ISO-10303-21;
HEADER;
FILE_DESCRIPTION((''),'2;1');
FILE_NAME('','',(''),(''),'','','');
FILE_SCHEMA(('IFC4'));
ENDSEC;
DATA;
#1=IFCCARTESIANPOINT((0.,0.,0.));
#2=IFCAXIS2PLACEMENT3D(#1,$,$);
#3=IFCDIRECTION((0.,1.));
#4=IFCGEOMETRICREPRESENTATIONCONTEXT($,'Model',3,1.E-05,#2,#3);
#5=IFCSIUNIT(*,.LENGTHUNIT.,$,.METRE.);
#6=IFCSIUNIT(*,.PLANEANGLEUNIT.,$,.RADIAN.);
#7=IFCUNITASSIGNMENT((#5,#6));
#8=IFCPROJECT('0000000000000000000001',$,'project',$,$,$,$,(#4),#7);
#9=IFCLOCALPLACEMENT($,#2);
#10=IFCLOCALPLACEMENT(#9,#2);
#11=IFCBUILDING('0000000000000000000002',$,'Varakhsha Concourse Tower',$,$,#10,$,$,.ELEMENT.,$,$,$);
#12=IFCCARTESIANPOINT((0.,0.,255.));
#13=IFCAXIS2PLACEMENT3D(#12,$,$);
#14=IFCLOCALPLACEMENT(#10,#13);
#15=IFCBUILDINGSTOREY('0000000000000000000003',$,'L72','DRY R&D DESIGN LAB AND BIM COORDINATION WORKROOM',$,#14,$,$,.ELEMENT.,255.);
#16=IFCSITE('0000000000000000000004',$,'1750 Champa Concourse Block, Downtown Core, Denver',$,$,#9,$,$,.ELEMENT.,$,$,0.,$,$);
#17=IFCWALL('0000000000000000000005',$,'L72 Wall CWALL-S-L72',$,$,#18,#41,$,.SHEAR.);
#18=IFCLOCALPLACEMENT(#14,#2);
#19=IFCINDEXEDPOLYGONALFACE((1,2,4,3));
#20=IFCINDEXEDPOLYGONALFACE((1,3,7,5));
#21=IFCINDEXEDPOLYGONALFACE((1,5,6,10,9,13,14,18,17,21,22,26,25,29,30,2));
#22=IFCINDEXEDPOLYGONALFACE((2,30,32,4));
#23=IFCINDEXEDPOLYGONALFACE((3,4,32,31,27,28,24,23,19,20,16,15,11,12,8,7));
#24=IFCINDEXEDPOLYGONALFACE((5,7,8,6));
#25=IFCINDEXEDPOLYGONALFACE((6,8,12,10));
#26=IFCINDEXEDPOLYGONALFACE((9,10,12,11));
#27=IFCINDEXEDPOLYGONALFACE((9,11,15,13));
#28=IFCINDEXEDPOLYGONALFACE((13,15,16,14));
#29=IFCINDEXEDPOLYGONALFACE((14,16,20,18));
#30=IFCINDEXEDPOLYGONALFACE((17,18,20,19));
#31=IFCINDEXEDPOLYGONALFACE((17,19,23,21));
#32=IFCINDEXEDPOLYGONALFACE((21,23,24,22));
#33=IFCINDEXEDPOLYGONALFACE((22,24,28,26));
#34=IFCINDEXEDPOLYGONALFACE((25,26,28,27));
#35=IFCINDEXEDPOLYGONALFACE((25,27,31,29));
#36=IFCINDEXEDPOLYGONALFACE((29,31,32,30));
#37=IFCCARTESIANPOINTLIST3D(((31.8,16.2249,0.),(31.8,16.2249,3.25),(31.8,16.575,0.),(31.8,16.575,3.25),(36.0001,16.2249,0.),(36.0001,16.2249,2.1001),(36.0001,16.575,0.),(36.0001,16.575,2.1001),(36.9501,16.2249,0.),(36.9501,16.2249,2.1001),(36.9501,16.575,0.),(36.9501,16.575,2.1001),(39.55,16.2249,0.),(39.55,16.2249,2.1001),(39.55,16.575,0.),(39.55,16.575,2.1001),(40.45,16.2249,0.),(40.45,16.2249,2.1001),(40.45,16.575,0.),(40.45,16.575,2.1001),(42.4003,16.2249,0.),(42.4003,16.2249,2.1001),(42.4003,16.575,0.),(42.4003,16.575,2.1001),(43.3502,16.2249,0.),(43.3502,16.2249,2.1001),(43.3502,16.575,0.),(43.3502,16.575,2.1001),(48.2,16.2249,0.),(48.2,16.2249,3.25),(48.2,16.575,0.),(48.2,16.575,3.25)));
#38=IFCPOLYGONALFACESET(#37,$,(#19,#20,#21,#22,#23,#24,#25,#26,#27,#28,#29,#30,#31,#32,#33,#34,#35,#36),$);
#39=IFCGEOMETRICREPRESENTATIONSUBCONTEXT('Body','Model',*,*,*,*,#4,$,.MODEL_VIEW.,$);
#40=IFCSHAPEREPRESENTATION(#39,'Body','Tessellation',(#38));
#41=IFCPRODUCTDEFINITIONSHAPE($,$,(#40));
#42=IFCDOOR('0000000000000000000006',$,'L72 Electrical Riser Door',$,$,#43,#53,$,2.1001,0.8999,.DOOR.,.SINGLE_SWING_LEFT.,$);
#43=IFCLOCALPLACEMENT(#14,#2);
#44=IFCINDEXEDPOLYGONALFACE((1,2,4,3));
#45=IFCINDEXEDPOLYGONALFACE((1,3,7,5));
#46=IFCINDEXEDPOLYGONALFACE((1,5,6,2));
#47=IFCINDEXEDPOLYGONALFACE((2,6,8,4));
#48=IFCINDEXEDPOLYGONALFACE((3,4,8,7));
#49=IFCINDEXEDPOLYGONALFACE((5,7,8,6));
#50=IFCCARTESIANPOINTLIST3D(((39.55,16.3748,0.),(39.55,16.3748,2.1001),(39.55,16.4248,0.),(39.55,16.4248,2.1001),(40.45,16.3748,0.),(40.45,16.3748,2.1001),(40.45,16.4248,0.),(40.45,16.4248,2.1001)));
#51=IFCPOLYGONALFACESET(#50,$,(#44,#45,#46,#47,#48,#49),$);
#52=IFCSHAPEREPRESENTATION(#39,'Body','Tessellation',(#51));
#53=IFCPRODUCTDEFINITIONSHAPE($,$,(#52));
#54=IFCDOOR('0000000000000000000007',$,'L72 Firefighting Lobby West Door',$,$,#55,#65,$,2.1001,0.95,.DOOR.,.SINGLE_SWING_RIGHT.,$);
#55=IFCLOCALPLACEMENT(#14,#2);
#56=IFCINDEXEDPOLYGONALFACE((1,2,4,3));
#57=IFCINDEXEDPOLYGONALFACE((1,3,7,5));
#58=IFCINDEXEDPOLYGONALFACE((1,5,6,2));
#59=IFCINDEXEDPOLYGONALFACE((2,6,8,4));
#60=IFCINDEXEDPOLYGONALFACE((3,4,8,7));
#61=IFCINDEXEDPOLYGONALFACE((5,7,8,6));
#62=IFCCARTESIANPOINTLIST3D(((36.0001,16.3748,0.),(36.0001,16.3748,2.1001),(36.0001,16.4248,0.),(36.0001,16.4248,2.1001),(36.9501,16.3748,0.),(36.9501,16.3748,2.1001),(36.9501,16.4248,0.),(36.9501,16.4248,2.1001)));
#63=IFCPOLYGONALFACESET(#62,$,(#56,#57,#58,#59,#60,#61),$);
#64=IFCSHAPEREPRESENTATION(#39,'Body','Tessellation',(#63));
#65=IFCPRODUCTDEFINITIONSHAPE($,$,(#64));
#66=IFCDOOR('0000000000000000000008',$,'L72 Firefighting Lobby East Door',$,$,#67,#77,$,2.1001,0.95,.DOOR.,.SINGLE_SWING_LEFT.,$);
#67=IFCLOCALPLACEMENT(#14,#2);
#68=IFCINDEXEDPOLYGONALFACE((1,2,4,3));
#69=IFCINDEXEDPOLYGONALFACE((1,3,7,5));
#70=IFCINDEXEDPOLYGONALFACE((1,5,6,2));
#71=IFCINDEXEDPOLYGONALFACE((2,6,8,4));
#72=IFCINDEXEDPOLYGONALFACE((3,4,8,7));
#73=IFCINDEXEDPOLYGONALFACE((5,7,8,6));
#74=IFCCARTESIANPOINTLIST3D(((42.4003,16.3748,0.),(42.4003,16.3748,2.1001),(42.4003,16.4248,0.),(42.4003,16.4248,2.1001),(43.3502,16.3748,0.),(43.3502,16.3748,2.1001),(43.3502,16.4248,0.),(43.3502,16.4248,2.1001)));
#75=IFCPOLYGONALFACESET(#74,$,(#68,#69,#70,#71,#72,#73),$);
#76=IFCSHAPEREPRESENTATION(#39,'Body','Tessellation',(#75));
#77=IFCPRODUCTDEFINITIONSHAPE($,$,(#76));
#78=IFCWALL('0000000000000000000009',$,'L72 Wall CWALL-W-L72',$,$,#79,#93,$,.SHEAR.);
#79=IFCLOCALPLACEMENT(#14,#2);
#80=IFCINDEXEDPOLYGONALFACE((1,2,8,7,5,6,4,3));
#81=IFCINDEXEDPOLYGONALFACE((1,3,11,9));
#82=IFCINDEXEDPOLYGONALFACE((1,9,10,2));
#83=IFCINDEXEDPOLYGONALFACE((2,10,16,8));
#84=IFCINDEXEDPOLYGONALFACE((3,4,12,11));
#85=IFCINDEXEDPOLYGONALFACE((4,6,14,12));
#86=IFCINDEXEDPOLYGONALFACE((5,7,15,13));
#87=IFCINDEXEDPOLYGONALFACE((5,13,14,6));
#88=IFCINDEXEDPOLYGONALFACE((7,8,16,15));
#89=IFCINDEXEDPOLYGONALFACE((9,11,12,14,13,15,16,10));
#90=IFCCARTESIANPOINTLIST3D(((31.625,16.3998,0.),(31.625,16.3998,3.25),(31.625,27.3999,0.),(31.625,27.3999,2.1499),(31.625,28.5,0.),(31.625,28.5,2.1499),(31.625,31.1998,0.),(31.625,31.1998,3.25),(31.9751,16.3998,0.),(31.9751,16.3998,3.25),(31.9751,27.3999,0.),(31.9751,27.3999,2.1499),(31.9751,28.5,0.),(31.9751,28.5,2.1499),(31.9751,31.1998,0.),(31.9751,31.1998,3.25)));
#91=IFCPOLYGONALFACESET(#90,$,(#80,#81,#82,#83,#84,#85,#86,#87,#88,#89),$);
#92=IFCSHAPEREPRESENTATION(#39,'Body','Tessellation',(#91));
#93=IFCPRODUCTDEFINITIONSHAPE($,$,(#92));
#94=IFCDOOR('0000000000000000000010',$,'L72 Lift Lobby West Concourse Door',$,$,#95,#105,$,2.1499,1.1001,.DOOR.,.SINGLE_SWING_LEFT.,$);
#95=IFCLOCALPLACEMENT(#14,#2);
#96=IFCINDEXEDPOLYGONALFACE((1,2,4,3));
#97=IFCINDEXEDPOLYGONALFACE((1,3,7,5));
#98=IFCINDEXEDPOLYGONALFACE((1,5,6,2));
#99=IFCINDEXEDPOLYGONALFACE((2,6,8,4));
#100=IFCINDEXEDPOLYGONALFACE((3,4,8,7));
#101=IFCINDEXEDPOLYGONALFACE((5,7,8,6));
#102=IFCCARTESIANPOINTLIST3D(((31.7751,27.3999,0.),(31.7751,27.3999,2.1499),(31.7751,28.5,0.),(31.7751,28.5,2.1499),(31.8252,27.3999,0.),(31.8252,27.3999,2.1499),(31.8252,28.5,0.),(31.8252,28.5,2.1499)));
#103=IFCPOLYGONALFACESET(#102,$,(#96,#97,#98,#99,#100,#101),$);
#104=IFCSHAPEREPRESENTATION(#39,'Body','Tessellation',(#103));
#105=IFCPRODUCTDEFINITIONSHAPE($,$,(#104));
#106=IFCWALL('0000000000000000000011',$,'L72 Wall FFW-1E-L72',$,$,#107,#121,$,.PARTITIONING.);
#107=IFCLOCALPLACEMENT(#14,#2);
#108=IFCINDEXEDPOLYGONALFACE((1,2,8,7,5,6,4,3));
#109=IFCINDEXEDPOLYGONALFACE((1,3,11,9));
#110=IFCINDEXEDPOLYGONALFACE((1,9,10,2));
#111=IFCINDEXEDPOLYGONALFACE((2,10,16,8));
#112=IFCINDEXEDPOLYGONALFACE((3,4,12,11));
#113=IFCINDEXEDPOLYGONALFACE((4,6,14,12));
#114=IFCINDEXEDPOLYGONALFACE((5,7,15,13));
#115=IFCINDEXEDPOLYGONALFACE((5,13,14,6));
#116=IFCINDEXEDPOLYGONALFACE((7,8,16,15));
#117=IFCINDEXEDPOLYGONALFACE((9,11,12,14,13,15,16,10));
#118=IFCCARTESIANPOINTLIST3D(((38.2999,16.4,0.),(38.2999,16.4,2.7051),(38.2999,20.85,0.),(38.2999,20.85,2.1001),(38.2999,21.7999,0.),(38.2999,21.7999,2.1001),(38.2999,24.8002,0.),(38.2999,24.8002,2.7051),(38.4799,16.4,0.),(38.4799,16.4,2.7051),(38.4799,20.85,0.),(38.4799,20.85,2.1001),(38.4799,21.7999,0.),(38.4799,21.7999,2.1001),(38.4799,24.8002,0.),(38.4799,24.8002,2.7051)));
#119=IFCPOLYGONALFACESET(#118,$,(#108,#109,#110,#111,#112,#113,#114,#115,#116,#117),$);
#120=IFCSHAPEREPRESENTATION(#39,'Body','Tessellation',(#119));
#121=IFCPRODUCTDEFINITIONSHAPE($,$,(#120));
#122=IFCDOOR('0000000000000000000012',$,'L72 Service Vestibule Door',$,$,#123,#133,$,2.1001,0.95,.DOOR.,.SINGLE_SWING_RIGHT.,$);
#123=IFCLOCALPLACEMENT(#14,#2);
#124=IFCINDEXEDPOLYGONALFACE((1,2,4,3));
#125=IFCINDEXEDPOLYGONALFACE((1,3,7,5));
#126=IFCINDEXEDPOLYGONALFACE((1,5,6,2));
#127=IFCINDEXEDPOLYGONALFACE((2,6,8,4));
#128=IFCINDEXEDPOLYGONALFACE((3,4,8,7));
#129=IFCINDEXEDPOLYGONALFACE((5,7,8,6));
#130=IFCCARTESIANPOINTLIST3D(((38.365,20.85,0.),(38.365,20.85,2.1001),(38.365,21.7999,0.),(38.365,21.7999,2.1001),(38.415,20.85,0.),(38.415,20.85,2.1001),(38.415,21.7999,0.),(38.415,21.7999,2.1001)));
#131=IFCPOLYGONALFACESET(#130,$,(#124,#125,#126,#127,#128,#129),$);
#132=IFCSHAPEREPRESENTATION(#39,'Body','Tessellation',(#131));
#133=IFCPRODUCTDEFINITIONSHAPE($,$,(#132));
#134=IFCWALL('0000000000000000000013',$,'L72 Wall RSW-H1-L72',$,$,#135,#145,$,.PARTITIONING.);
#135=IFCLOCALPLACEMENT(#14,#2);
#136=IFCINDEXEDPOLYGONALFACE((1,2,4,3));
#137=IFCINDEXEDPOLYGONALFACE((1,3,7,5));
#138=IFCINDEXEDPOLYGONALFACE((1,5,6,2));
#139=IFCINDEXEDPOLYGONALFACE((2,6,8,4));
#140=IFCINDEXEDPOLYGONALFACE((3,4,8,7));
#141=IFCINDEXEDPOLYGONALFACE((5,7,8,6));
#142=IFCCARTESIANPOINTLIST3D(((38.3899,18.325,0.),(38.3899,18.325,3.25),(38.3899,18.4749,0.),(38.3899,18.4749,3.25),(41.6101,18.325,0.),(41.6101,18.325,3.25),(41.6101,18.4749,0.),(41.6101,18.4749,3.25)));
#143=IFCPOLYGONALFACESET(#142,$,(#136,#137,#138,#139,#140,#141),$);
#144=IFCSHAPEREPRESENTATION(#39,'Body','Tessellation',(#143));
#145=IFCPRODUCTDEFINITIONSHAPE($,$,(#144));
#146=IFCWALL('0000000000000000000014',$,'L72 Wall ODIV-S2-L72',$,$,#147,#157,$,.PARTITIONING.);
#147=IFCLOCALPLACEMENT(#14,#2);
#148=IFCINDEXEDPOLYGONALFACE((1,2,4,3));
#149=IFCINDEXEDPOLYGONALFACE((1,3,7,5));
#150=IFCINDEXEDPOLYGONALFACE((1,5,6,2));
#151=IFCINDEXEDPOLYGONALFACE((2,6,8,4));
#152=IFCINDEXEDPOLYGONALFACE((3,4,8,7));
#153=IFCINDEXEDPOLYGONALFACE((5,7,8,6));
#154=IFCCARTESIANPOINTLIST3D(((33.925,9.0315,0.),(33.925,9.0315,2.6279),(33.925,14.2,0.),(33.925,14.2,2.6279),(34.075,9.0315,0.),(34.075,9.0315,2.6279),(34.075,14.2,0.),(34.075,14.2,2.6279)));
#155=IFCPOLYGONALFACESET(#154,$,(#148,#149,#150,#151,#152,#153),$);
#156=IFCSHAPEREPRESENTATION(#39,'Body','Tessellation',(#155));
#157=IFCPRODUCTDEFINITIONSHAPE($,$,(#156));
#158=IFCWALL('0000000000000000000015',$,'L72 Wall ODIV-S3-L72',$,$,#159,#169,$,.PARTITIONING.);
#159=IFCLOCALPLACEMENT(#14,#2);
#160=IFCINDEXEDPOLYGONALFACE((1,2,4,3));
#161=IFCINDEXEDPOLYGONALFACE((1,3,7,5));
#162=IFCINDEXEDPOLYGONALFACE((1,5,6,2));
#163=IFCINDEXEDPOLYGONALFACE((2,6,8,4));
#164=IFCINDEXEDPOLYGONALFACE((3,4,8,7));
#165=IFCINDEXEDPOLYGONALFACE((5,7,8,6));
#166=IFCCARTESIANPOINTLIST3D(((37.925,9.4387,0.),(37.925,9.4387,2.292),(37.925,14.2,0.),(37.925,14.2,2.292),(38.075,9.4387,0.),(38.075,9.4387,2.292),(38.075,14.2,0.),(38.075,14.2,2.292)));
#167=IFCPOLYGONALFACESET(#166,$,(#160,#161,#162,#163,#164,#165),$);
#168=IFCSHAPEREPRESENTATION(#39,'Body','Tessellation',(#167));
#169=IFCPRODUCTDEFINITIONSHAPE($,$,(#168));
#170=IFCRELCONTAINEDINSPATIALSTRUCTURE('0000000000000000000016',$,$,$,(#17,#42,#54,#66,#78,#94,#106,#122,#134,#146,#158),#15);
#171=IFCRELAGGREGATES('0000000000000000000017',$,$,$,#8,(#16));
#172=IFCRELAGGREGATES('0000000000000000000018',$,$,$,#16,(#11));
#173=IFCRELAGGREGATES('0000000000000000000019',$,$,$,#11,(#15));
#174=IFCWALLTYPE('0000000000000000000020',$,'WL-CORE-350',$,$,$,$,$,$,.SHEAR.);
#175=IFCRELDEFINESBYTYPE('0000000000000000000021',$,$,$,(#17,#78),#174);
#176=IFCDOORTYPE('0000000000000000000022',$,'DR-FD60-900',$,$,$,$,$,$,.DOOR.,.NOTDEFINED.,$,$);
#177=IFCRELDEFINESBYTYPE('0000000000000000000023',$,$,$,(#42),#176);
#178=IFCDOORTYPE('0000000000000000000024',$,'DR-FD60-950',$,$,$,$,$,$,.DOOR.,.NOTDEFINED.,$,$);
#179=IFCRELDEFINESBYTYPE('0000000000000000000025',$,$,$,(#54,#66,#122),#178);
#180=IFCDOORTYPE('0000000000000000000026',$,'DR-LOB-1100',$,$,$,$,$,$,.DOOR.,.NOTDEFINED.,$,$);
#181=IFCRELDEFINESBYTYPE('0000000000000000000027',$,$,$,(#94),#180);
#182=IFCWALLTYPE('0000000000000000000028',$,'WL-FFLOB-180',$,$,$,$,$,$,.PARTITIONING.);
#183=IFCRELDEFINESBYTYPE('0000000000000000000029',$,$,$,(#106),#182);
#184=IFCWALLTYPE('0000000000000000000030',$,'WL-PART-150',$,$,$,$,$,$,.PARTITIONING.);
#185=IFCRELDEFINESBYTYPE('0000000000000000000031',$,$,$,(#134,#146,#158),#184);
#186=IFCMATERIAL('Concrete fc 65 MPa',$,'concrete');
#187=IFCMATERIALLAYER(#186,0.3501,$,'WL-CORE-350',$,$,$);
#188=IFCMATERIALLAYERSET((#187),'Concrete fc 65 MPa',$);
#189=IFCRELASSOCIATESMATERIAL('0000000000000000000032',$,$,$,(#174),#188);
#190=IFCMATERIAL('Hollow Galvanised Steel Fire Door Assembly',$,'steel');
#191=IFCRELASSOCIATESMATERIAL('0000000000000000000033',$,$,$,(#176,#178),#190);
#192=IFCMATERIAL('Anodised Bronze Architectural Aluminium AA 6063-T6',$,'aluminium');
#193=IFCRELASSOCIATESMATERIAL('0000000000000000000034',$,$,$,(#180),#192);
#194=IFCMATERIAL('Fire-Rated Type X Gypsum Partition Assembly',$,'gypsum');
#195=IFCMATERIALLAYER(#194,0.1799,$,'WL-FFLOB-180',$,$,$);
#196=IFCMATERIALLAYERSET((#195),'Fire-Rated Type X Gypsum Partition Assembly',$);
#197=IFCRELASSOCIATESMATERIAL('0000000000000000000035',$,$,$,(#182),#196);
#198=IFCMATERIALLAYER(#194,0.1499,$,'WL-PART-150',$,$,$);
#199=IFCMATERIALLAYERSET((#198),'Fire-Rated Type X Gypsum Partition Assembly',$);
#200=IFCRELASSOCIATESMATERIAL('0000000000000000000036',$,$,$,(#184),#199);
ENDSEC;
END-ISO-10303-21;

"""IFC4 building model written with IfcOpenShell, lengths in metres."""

from ifc_helpers import new_model, si_unit, direction, frame, frame_2d, origin, place, context, subcontext, project, spatial, rectangle, extrude, material, layer, layer_set, type_object, element, fill, save


model = new_model("IFC4")

# Units and contexts
model_context = context("Model", 3, precision=1e-05, world=origin(), true_north=direction((0.0, 1.0)))
body_context = subcontext(model_context, "Body", "Model", "MODEL_VIEW")
ifc_project = project(units=[si_unit("LENGTHUNIT", "METRE"), si_unit("PLANEANGLEUNIT", "RADIAN")], contexts=[model_context])

# Site, building, storey
site_placement = place(None, origin())
site = spatial("IfcSite", under=ifc_project, at=site_placement, Name="1750 Champa Concourse Block, Downtown Core, Denver", CompositionType="ELEMENT", RefElevation=0.0)
building_placement = place(site_placement, origin())
building = spatial("IfcBuilding", under=site, at=building_placement, Name="Varakhsha Concourse Tower", CompositionType="ELEMENT")
storey_placement = place(building_placement, frame((0.0, 0.0, 255.0)))
storey = spatial("IfcBuildingStorey", under=building, at=storey_placement, Name="L72", Description="DRY R&D DESIGN LAB AND BIM COORDINATION WORKROOM", CompositionType="ELEMENT", Elevation=255.0)

# Shared definitions
ifc_material_1 = material(Name="Concrete fc 65 MPa", Category="concrete")

# Shared definitions
ifc_material_2 = material(Name="Anodised Bronze Architectural Aluminium AA 6063-T6", Category="aluminium")

# Wall, openings, doors
ifc_layer_1 = layer(ifc_material_1, 0.3501, Name="WL-CORE-350")
ifc_layer_set_1 = layer_set([ifc_layer_1], Name="Concrete fc 65 MPa")
wall_type_1 = type_object("IfcWallType", Name="WL-CORE-350", PredefinedType="SHEAR", material=ifc_layer_set_1)
wall_1_placement = place(storey_placement, frame((31.8, 16.3999, 0.0), z_axis=(0.0, 0.0, 1.0), x_axis=(1.0, 0.0, 0.0)))
wall_1 = element("IfcWall", 1, at=wall_1_placement, inside=storey, type_object=wall_type_1, Name="L72 Wall CWALL-S-L72", PredefinedType="SHEAR", context=body_context, shape_type="SweptSolid", body=[
    extrude(rectangle(XDim=16.3999, YDim=0.3501, at=frame_2d((8.2, 0.0))), origin(), (0.0, 0.0, 1.0), 3.25),
])
opening_1_placement = place(wall_1_placement, frame((7.75, 0.0, 0.0)))
opening_1 = element("IfcOpeningElement", 2, at=opening_1_placement, cuts=wall_1, PredefinedType="OPENING", context=body_context, shape_type="SweptSolid", body=[
    extrude(rectangle(XDim=0.8999, YDim=2.1001, at=frame_2d((0.45, 1.05))), frame((0.0, 0.1851, 0.0), z_axis=(0.0, -1.0, 0.0), x_axis=(1.0, 0.0, 0.0)), (0.0, 0.0, 1.0), 0.3701),
])
opening_2_placement = place(wall_1_placement, frame((4.2, 0.0, 0.0)))
opening_2 = element("IfcOpeningElement", 3, at=opening_2_placement, cuts=wall_1, PredefinedType="OPENING", context=body_context, shape_type="SweptSolid", body=[
    extrude(rectangle(XDim=0.95, YDim=2.1001, at=frame_2d((0.4751, 1.05))), frame((0.0, 0.1851, 0.0), z_axis=(0.0, -1.0, 0.0), x_axis=(1.0, 0.0, 0.0)), (0.0, 0.0, 1.0), 0.3701),
])
opening_3_placement = place(wall_1_placement, frame((10.6001, 0.0, 0.0)))
opening_3 = element("IfcOpeningElement", 4, at=opening_3_placement, cuts=wall_1, PredefinedType="OPENING", context=body_context, shape_type="SweptSolid", body=[
    extrude(rectangle(XDim=0.95, YDim=2.1001, at=frame_2d((0.4751, 1.05))), frame((0.0, 0.1851, 0.0), z_axis=(0.0, -1.0, 0.0), x_axis=(1.0, 0.0, 0.0)), (0.0, 0.0, 1.0), 0.3701),
])
ifc_material_3 = material(Name="Hollow Galvanised Steel Fire Door Assembly", Category="steel")
door_type_1 = type_object("IfcDoorType", Name="DR-FD60-900", OperationType="NOTDEFINED", PredefinedType="DOOR", material=ifc_material_3)
door_1_placement = place(opening_1_placement, origin())
door_1 = element("IfcDoor", 5, at=door_1_placement, inside=storey, type_object=door_type_1, Name="L72 Electrical Riser Door", OperationType="SINGLE_SWING_LEFT", OverallHeight=2.1001, OverallWidth=0.8999, PredefinedType="DOOR", context=body_context, shape_type="SweptSolid", body=[
    extrude(rectangle(XDim=0.8999, YDim=2.1001, at=frame_2d((0.45, 1.05))), frame((0.0, 0.0249, 0.0), z_axis=(0.0, -1.0, 0.0), x_axis=(1.0, 0.0, 0.0)), (0.0, 0.0, 1.0), 0.05),
])
fill(opening_1, door_1)
door_type_2 = type_object("IfcDoorType", Name="DR-FD60-950", OperationType="NOTDEFINED", PredefinedType="DOOR", material=ifc_material_3)
door_2_placement = place(opening_2_placement, origin())
door_2 = element("IfcDoor", 6, at=door_2_placement, inside=storey, type_object=door_type_2, Name="L72 Firefighting Lobby West Door", OperationType="SINGLE_SWING_RIGHT", OverallHeight=2.1001, OverallWidth=0.95, PredefinedType="DOOR", context=body_context, shape_type="SweptSolid", body=[
    extrude(rectangle(XDim=0.95, YDim=2.1001, at=frame_2d((0.4751, 1.05))), frame((0.0, 0.0249, 0.0), z_axis=(0.0, -1.0, 0.0), x_axis=(1.0, 0.0, 0.0)), (0.0, 0.0, 1.0), 0.05),
])
fill(opening_2, door_2)
door_3_placement = place(opening_3_placement, origin())
door_3 = element("IfcDoor", 7, at=door_3_placement, inside=storey, type_object=door_type_2, Name="L72 Firefighting Lobby East Door", OperationType="SINGLE_SWING_LEFT", OverallHeight=2.1001, OverallWidth=0.95, PredefinedType="DOOR", context=body_context, shape_type="SweptSolid", body=[
    extrude(rectangle(XDim=0.95, YDim=2.1001, at=frame_2d((0.4751, 1.05))), frame((0.0, 0.0249, 0.0), z_axis=(0.0, -1.0, 0.0), x_axis=(1.0, 0.0, 0.0)), (0.0, 0.0, 1.0), 0.05),
])
fill(opening_3, door_3)

# Walls, openings, doors
wall_2_placement = place(storey_placement, frame((31.8, 16.3999, 0.0), z_axis=(0.0, 0.0, 1.0), x_axis=(0.0, 1.0, 0.0)))
wall_2 = element("IfcWall", 8, at=wall_2_placement, inside=storey, type_object=wall_type_1, Name="L72 Wall CWALL-W-L72", PredefinedType="SHEAR", context=body_context, shape_type="SweptSolid", body=[
    extrude(rectangle(XDim=14.8, YDim=0.3501, at=frame_2d((7.3999, 0.0))), origin(), (0.0, 0.0, 1.0), 3.25),
])
opening_4_placement = place(wall_2_placement, frame((11.0, 0.0, 0.0)))
opening_4 = element("IfcOpeningElement", 9, at=opening_4_placement, cuts=wall_2, PredefinedType="OPENING", context=body_context, shape_type="SweptSolid", body=[
    extrude(rectangle(XDim=1.1001, YDim=2.1499, at=frame_2d((0.55, 1.075))), frame((0.0, 0.1851, 0.0), z_axis=(0.0, -1.0, 0.0), x_axis=(1.0, 0.0, 0.0)), (0.0, 0.0, 1.0), 0.3701),
])
door_type_3 = type_object("IfcDoorType", Name="DR-LOB-1100", OperationType="NOTDEFINED", PredefinedType="DOOR", material=ifc_material_2)
door_4_placement = place(opening_4_placement, origin())
door_4 = element("IfcDoor", 10, at=door_4_placement, inside=storey, type_object=door_type_3, Name="L72 Lift Lobby West Concourse Door", OperationType="SINGLE_SWING_LEFT", OverallHeight=2.1499, OverallWidth=1.1001, PredefinedType="DOOR", context=body_context, shape_type="SweptSolid", body=[
    extrude(rectangle(XDim=1.1001, YDim=2.1499, at=frame_2d((0.55, 1.075))), frame((0.0, 0.0249, 0.0), z_axis=(0.0, -1.0, 0.0), x_axis=(1.0, 0.0, 0.0)), (0.0, 0.0, 1.0), 0.05),
])
fill(opening_4, door_4)
ifc_material_4 = material(Name="Fire-Rated Type X Gypsum Partition Assembly", Category="gypsum")
ifc_layer_2 = layer(ifc_material_4, 0.1799, Name="WL-FFLOB-180")
ifc_layer_set_2 = layer_set([ifc_layer_2], Name="Fire-Rated Type X Gypsum Partition Assembly")
wall_type_2 = type_object("IfcWallType", Name="WL-FFLOB-180", PredefinedType="PARTITIONING", material=ifc_layer_set_2)
wall_3_placement = place(storey_placement, frame((38.3899, 16.3999, 0.0), z_axis=(0.0, 0.0, 1.0), x_axis=(0.0, 1.0, 0.0)))
wall_3 = element("IfcWall", 11, at=wall_3_placement, inside=storey, type_object=wall_type_2, Name="L72 Wall FFW-1E-L72", PredefinedType="PARTITIONING", context=body_context, shape_type="SweptSolid", body=[
    extrude(rectangle(XDim=8.4001, YDim=0.1799, at=frame_2d((4.2002, 0.0))), origin(), (0.0, 0.0, 1.0), 2.7051),
])
opening_5_placement = place(wall_3_placement, frame((4.45, 0.0, 0.0)))
opening_5 = element("IfcOpeningElement", 12, at=opening_5_placement, cuts=wall_3, PredefinedType="OPENING", context=body_context, shape_type="SweptSolid", body=[
    extrude(rectangle(XDim=0.95, YDim=2.1001, at=frame_2d((0.4751, 1.05))), frame((0.0, 0.0999, 0.0), z_axis=(0.0, -1.0, 0.0), x_axis=(1.0, 0.0, 0.0)), (0.0, 0.0, 1.0), 0.2),
])
door_5_placement = place(opening_5_placement, origin())
door_5 = element("IfcDoor", 13, at=door_5_placement, inside=storey, type_object=door_type_2, Name="L72 Service Vestibule Door", OperationType="SINGLE_SWING_RIGHT", OverallHeight=2.1001, OverallWidth=0.95, PredefinedType="DOOR", context=body_context, shape_type="SweptSolid", body=[
    extrude(rectangle(XDim=0.95, YDim=2.1001, at=frame_2d((0.4751, 1.05))), frame((0.0, 0.0249, 0.0), z_axis=(0.0, -1.0, 0.0), x_axis=(1.0, 0.0, 0.0)), (0.0, 0.0, 1.0), 0.05),
])
fill(opening_5, door_5)

# Walls
ifc_layer_3 = layer(ifc_material_4, 0.1499, Name="WL-PART-150")
ifc_layer_set_3 = layer_set([ifc_layer_3], Name="Fire-Rated Type X Gypsum Partition Assembly")
wall_type_3 = type_object("IfcWallType", Name="WL-PART-150", PredefinedType="PARTITIONING", material=ifc_layer_set_3)
wall_4_placement = place(storey_placement, frame((38.3899, 18.3999, 0.0), z_axis=(0.0, 0.0, 1.0), x_axis=(1.0, 0.0, 0.0)))
element("IfcWall", 14, at=wall_4_placement, inside=storey, type_object=wall_type_3, Name="L72 Wall RSW-H1-L72", PredefinedType="PARTITIONING", context=body_context, shape_type="SweptSolid", body=[
    extrude(rectangle(XDim=3.2202, YDim=0.1499, at=frame_2d((1.6101, 0.0))), origin(), (0.0, 0.0, 1.0), 3.25),
])
wall_5_placement = place(storey_placement, frame((34.0, 9.0315, 0.0), z_axis=(0.0, 0.0, 1.0), x_axis=(0.0, 1.0, 0.0)))
element("IfcWall", 15, at=wall_5_placement, inside=storey, type_object=wall_type_3, Name="L72 Wall ODIV-S2-L72", PredefinedType="PARTITIONING", context=body_context, shape_type="SweptSolid", body=[
    extrude(rectangle(XDim=5.1685, YDim=0.1499, at=frame_2d((2.5842, 0.0))), origin(), (0.0, 0.0, 1.0), 2.6279),
])
wall_6_placement = place(storey_placement, frame((38.0, 9.4387, 0.0), z_axis=(0.0, 0.0, 1.0), x_axis=(0.0, 1.0, 0.0)))
element("IfcWall", 16, at=wall_6_placement, inside=storey, type_object=wall_type_3, Name="L72 Wall ODIV-S3-L72", PredefinedType="PARTITIONING", context=body_context, shape_type="SweptSolid", body=[
    extrude(rectangle(XDim=4.7612, YDim=0.1499, at=frame_2d((2.3806, 0.0))), origin(), (0.0, 0.0, 1.0), 2.292),
])

save(model, "model.ifc")
